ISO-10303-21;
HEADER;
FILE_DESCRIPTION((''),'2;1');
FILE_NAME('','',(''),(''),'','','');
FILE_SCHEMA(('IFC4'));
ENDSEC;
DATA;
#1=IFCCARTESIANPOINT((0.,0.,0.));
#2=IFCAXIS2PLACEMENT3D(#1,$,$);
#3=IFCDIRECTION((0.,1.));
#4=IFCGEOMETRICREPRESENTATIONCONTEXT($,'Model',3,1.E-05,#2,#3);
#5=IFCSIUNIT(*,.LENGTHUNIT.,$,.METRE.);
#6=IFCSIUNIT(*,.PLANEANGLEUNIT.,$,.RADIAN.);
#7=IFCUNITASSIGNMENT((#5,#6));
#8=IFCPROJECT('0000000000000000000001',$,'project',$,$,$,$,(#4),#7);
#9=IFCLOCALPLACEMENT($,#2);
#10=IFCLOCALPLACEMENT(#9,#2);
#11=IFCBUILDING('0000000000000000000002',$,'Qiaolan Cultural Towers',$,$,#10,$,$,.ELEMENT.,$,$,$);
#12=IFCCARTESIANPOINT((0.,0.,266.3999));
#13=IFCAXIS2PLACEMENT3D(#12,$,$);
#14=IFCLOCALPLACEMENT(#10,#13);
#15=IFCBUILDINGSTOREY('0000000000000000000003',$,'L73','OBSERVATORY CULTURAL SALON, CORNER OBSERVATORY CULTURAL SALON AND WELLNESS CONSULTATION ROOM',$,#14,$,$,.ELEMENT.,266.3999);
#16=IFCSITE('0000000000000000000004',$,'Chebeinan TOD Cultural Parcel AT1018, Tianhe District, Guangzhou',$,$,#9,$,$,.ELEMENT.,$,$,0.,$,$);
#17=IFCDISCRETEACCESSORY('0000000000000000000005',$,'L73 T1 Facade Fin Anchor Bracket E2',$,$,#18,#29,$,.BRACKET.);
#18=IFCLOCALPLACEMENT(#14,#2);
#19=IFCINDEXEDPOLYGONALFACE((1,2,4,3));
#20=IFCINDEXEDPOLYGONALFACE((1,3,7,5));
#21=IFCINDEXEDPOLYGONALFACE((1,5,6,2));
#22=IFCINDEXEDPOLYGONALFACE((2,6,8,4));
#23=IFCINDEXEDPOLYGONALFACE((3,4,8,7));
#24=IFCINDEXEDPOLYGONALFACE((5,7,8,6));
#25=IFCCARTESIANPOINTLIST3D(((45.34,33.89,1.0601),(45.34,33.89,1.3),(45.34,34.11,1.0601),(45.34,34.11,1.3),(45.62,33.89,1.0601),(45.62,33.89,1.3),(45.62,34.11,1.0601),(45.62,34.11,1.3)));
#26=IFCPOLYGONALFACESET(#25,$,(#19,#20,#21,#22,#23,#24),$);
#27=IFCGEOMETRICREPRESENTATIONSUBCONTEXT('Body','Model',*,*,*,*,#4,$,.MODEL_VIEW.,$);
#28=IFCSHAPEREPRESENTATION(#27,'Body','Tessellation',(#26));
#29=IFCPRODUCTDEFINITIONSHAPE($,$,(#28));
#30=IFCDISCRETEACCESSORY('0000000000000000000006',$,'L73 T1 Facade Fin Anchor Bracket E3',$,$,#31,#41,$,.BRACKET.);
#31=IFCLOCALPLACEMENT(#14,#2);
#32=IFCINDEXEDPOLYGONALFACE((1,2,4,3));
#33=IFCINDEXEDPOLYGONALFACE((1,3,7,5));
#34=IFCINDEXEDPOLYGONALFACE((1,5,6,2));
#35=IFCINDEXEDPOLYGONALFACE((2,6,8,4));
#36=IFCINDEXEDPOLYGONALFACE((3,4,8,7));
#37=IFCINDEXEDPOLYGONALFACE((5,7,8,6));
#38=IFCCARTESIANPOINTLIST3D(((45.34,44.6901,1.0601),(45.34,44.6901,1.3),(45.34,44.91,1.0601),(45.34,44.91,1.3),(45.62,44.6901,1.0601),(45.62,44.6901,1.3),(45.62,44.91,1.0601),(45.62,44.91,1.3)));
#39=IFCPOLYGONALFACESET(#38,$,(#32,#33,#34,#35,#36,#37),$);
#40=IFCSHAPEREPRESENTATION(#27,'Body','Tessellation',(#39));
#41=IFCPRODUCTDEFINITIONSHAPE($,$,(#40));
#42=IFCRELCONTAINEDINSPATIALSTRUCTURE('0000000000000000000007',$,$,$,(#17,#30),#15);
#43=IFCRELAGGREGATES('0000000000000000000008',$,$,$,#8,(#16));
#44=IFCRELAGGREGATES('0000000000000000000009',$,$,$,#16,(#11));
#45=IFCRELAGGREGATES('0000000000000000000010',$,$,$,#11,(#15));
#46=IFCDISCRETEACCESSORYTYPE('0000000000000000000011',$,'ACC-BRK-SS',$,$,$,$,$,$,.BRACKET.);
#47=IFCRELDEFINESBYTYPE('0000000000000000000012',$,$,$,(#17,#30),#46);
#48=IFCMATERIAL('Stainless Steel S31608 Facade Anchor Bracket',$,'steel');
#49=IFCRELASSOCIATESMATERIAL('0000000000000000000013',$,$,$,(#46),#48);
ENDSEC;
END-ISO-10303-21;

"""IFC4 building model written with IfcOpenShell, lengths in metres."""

from ifc_helpers import new_model, si_unit, direction, frame, origin, origin_2d, place, context, subcontext, project, spatial, rectangle, extrude, material, type_object, element, save


model = new_model("IFC4")

# Units and contexts
model_context = context("Model", 3, precision=1e-05, world=origin(), true_north=direction((0.0, 1.0)))
body_context = subcontext(model_context, "Body", "Model", "MODEL_VIEW")
ifc_project = project(units=[si_unit("LENGTHUNIT", "METRE"), si_unit("PLANEANGLEUNIT", "RADIAN")], contexts=[model_context])

# Site, building, storey
site_placement = place(None, origin())
site = spatial("IfcSite", under=ifc_project, at=site_placement, Name="Chebeinan TOD Cultural Parcel AT1018, Tianhe District, Guangzhou", CompositionType="ELEMENT", RefElevation=0.0)
building_placement = place(site_placement, origin())
building = spatial("IfcBuilding", under=site, at=building_placement, Name="Qiaolan Cultural Towers", CompositionType="ELEMENT")
storey_placement = place(building_placement, frame((0.0, 0.0, 266.3999)))
storey = spatial("IfcBuildingStorey", under=building, at=storey_placement, Name="L73", Description="OBSERVATORY CULTURAL SALON, CORNER OBSERVATORY CULTURAL SALON AND WELLNESS CONSULTATION ROOM", CompositionType="ELEMENT", Elevation=266.3999)

# Discrete accessories
ifc_material_1 = material(Name="Stainless Steel S31608 Facade Anchor Bracket", Category="steel")
discrete_accessory_type = type_object("IfcDiscreteAccessoryType", Name="ACC-BRK-SS", PredefinedType="BRACKET", material=ifc_material_1)
for number, where, z_axis, x_axis, name in (
    (1, (45.48, 34.0, 1.0601), (0.0, 0.0, 1.0), (1.0, 0.0, 0.0), "L73 T1 Facade Fin Anchor Bracket E2"),
    (2, (45.48, 44.8, 1.0601), (0.0, 0.0, 1.0), (1.0, 0.0, 0.0), "L73 T1 Facade Fin Anchor Bracket E3"),
):
    element("IfcDiscreteAccessory", number, at=place(storey_placement, frame(where, z_axis=z_axis, x_axis=x_axis)), inside=storey, type_object=discrete_accessory_type, Name=name, PredefinedType="BRACKET", context=body_context, shape_type="SweptSolid", body=[
        extrude(rectangle(XDim=0.28, YDim=0.22, at=origin_2d()), origin(), (0.0, 0.0, 1.0), 0.24),
    ])

save(model, "model.ifc")
